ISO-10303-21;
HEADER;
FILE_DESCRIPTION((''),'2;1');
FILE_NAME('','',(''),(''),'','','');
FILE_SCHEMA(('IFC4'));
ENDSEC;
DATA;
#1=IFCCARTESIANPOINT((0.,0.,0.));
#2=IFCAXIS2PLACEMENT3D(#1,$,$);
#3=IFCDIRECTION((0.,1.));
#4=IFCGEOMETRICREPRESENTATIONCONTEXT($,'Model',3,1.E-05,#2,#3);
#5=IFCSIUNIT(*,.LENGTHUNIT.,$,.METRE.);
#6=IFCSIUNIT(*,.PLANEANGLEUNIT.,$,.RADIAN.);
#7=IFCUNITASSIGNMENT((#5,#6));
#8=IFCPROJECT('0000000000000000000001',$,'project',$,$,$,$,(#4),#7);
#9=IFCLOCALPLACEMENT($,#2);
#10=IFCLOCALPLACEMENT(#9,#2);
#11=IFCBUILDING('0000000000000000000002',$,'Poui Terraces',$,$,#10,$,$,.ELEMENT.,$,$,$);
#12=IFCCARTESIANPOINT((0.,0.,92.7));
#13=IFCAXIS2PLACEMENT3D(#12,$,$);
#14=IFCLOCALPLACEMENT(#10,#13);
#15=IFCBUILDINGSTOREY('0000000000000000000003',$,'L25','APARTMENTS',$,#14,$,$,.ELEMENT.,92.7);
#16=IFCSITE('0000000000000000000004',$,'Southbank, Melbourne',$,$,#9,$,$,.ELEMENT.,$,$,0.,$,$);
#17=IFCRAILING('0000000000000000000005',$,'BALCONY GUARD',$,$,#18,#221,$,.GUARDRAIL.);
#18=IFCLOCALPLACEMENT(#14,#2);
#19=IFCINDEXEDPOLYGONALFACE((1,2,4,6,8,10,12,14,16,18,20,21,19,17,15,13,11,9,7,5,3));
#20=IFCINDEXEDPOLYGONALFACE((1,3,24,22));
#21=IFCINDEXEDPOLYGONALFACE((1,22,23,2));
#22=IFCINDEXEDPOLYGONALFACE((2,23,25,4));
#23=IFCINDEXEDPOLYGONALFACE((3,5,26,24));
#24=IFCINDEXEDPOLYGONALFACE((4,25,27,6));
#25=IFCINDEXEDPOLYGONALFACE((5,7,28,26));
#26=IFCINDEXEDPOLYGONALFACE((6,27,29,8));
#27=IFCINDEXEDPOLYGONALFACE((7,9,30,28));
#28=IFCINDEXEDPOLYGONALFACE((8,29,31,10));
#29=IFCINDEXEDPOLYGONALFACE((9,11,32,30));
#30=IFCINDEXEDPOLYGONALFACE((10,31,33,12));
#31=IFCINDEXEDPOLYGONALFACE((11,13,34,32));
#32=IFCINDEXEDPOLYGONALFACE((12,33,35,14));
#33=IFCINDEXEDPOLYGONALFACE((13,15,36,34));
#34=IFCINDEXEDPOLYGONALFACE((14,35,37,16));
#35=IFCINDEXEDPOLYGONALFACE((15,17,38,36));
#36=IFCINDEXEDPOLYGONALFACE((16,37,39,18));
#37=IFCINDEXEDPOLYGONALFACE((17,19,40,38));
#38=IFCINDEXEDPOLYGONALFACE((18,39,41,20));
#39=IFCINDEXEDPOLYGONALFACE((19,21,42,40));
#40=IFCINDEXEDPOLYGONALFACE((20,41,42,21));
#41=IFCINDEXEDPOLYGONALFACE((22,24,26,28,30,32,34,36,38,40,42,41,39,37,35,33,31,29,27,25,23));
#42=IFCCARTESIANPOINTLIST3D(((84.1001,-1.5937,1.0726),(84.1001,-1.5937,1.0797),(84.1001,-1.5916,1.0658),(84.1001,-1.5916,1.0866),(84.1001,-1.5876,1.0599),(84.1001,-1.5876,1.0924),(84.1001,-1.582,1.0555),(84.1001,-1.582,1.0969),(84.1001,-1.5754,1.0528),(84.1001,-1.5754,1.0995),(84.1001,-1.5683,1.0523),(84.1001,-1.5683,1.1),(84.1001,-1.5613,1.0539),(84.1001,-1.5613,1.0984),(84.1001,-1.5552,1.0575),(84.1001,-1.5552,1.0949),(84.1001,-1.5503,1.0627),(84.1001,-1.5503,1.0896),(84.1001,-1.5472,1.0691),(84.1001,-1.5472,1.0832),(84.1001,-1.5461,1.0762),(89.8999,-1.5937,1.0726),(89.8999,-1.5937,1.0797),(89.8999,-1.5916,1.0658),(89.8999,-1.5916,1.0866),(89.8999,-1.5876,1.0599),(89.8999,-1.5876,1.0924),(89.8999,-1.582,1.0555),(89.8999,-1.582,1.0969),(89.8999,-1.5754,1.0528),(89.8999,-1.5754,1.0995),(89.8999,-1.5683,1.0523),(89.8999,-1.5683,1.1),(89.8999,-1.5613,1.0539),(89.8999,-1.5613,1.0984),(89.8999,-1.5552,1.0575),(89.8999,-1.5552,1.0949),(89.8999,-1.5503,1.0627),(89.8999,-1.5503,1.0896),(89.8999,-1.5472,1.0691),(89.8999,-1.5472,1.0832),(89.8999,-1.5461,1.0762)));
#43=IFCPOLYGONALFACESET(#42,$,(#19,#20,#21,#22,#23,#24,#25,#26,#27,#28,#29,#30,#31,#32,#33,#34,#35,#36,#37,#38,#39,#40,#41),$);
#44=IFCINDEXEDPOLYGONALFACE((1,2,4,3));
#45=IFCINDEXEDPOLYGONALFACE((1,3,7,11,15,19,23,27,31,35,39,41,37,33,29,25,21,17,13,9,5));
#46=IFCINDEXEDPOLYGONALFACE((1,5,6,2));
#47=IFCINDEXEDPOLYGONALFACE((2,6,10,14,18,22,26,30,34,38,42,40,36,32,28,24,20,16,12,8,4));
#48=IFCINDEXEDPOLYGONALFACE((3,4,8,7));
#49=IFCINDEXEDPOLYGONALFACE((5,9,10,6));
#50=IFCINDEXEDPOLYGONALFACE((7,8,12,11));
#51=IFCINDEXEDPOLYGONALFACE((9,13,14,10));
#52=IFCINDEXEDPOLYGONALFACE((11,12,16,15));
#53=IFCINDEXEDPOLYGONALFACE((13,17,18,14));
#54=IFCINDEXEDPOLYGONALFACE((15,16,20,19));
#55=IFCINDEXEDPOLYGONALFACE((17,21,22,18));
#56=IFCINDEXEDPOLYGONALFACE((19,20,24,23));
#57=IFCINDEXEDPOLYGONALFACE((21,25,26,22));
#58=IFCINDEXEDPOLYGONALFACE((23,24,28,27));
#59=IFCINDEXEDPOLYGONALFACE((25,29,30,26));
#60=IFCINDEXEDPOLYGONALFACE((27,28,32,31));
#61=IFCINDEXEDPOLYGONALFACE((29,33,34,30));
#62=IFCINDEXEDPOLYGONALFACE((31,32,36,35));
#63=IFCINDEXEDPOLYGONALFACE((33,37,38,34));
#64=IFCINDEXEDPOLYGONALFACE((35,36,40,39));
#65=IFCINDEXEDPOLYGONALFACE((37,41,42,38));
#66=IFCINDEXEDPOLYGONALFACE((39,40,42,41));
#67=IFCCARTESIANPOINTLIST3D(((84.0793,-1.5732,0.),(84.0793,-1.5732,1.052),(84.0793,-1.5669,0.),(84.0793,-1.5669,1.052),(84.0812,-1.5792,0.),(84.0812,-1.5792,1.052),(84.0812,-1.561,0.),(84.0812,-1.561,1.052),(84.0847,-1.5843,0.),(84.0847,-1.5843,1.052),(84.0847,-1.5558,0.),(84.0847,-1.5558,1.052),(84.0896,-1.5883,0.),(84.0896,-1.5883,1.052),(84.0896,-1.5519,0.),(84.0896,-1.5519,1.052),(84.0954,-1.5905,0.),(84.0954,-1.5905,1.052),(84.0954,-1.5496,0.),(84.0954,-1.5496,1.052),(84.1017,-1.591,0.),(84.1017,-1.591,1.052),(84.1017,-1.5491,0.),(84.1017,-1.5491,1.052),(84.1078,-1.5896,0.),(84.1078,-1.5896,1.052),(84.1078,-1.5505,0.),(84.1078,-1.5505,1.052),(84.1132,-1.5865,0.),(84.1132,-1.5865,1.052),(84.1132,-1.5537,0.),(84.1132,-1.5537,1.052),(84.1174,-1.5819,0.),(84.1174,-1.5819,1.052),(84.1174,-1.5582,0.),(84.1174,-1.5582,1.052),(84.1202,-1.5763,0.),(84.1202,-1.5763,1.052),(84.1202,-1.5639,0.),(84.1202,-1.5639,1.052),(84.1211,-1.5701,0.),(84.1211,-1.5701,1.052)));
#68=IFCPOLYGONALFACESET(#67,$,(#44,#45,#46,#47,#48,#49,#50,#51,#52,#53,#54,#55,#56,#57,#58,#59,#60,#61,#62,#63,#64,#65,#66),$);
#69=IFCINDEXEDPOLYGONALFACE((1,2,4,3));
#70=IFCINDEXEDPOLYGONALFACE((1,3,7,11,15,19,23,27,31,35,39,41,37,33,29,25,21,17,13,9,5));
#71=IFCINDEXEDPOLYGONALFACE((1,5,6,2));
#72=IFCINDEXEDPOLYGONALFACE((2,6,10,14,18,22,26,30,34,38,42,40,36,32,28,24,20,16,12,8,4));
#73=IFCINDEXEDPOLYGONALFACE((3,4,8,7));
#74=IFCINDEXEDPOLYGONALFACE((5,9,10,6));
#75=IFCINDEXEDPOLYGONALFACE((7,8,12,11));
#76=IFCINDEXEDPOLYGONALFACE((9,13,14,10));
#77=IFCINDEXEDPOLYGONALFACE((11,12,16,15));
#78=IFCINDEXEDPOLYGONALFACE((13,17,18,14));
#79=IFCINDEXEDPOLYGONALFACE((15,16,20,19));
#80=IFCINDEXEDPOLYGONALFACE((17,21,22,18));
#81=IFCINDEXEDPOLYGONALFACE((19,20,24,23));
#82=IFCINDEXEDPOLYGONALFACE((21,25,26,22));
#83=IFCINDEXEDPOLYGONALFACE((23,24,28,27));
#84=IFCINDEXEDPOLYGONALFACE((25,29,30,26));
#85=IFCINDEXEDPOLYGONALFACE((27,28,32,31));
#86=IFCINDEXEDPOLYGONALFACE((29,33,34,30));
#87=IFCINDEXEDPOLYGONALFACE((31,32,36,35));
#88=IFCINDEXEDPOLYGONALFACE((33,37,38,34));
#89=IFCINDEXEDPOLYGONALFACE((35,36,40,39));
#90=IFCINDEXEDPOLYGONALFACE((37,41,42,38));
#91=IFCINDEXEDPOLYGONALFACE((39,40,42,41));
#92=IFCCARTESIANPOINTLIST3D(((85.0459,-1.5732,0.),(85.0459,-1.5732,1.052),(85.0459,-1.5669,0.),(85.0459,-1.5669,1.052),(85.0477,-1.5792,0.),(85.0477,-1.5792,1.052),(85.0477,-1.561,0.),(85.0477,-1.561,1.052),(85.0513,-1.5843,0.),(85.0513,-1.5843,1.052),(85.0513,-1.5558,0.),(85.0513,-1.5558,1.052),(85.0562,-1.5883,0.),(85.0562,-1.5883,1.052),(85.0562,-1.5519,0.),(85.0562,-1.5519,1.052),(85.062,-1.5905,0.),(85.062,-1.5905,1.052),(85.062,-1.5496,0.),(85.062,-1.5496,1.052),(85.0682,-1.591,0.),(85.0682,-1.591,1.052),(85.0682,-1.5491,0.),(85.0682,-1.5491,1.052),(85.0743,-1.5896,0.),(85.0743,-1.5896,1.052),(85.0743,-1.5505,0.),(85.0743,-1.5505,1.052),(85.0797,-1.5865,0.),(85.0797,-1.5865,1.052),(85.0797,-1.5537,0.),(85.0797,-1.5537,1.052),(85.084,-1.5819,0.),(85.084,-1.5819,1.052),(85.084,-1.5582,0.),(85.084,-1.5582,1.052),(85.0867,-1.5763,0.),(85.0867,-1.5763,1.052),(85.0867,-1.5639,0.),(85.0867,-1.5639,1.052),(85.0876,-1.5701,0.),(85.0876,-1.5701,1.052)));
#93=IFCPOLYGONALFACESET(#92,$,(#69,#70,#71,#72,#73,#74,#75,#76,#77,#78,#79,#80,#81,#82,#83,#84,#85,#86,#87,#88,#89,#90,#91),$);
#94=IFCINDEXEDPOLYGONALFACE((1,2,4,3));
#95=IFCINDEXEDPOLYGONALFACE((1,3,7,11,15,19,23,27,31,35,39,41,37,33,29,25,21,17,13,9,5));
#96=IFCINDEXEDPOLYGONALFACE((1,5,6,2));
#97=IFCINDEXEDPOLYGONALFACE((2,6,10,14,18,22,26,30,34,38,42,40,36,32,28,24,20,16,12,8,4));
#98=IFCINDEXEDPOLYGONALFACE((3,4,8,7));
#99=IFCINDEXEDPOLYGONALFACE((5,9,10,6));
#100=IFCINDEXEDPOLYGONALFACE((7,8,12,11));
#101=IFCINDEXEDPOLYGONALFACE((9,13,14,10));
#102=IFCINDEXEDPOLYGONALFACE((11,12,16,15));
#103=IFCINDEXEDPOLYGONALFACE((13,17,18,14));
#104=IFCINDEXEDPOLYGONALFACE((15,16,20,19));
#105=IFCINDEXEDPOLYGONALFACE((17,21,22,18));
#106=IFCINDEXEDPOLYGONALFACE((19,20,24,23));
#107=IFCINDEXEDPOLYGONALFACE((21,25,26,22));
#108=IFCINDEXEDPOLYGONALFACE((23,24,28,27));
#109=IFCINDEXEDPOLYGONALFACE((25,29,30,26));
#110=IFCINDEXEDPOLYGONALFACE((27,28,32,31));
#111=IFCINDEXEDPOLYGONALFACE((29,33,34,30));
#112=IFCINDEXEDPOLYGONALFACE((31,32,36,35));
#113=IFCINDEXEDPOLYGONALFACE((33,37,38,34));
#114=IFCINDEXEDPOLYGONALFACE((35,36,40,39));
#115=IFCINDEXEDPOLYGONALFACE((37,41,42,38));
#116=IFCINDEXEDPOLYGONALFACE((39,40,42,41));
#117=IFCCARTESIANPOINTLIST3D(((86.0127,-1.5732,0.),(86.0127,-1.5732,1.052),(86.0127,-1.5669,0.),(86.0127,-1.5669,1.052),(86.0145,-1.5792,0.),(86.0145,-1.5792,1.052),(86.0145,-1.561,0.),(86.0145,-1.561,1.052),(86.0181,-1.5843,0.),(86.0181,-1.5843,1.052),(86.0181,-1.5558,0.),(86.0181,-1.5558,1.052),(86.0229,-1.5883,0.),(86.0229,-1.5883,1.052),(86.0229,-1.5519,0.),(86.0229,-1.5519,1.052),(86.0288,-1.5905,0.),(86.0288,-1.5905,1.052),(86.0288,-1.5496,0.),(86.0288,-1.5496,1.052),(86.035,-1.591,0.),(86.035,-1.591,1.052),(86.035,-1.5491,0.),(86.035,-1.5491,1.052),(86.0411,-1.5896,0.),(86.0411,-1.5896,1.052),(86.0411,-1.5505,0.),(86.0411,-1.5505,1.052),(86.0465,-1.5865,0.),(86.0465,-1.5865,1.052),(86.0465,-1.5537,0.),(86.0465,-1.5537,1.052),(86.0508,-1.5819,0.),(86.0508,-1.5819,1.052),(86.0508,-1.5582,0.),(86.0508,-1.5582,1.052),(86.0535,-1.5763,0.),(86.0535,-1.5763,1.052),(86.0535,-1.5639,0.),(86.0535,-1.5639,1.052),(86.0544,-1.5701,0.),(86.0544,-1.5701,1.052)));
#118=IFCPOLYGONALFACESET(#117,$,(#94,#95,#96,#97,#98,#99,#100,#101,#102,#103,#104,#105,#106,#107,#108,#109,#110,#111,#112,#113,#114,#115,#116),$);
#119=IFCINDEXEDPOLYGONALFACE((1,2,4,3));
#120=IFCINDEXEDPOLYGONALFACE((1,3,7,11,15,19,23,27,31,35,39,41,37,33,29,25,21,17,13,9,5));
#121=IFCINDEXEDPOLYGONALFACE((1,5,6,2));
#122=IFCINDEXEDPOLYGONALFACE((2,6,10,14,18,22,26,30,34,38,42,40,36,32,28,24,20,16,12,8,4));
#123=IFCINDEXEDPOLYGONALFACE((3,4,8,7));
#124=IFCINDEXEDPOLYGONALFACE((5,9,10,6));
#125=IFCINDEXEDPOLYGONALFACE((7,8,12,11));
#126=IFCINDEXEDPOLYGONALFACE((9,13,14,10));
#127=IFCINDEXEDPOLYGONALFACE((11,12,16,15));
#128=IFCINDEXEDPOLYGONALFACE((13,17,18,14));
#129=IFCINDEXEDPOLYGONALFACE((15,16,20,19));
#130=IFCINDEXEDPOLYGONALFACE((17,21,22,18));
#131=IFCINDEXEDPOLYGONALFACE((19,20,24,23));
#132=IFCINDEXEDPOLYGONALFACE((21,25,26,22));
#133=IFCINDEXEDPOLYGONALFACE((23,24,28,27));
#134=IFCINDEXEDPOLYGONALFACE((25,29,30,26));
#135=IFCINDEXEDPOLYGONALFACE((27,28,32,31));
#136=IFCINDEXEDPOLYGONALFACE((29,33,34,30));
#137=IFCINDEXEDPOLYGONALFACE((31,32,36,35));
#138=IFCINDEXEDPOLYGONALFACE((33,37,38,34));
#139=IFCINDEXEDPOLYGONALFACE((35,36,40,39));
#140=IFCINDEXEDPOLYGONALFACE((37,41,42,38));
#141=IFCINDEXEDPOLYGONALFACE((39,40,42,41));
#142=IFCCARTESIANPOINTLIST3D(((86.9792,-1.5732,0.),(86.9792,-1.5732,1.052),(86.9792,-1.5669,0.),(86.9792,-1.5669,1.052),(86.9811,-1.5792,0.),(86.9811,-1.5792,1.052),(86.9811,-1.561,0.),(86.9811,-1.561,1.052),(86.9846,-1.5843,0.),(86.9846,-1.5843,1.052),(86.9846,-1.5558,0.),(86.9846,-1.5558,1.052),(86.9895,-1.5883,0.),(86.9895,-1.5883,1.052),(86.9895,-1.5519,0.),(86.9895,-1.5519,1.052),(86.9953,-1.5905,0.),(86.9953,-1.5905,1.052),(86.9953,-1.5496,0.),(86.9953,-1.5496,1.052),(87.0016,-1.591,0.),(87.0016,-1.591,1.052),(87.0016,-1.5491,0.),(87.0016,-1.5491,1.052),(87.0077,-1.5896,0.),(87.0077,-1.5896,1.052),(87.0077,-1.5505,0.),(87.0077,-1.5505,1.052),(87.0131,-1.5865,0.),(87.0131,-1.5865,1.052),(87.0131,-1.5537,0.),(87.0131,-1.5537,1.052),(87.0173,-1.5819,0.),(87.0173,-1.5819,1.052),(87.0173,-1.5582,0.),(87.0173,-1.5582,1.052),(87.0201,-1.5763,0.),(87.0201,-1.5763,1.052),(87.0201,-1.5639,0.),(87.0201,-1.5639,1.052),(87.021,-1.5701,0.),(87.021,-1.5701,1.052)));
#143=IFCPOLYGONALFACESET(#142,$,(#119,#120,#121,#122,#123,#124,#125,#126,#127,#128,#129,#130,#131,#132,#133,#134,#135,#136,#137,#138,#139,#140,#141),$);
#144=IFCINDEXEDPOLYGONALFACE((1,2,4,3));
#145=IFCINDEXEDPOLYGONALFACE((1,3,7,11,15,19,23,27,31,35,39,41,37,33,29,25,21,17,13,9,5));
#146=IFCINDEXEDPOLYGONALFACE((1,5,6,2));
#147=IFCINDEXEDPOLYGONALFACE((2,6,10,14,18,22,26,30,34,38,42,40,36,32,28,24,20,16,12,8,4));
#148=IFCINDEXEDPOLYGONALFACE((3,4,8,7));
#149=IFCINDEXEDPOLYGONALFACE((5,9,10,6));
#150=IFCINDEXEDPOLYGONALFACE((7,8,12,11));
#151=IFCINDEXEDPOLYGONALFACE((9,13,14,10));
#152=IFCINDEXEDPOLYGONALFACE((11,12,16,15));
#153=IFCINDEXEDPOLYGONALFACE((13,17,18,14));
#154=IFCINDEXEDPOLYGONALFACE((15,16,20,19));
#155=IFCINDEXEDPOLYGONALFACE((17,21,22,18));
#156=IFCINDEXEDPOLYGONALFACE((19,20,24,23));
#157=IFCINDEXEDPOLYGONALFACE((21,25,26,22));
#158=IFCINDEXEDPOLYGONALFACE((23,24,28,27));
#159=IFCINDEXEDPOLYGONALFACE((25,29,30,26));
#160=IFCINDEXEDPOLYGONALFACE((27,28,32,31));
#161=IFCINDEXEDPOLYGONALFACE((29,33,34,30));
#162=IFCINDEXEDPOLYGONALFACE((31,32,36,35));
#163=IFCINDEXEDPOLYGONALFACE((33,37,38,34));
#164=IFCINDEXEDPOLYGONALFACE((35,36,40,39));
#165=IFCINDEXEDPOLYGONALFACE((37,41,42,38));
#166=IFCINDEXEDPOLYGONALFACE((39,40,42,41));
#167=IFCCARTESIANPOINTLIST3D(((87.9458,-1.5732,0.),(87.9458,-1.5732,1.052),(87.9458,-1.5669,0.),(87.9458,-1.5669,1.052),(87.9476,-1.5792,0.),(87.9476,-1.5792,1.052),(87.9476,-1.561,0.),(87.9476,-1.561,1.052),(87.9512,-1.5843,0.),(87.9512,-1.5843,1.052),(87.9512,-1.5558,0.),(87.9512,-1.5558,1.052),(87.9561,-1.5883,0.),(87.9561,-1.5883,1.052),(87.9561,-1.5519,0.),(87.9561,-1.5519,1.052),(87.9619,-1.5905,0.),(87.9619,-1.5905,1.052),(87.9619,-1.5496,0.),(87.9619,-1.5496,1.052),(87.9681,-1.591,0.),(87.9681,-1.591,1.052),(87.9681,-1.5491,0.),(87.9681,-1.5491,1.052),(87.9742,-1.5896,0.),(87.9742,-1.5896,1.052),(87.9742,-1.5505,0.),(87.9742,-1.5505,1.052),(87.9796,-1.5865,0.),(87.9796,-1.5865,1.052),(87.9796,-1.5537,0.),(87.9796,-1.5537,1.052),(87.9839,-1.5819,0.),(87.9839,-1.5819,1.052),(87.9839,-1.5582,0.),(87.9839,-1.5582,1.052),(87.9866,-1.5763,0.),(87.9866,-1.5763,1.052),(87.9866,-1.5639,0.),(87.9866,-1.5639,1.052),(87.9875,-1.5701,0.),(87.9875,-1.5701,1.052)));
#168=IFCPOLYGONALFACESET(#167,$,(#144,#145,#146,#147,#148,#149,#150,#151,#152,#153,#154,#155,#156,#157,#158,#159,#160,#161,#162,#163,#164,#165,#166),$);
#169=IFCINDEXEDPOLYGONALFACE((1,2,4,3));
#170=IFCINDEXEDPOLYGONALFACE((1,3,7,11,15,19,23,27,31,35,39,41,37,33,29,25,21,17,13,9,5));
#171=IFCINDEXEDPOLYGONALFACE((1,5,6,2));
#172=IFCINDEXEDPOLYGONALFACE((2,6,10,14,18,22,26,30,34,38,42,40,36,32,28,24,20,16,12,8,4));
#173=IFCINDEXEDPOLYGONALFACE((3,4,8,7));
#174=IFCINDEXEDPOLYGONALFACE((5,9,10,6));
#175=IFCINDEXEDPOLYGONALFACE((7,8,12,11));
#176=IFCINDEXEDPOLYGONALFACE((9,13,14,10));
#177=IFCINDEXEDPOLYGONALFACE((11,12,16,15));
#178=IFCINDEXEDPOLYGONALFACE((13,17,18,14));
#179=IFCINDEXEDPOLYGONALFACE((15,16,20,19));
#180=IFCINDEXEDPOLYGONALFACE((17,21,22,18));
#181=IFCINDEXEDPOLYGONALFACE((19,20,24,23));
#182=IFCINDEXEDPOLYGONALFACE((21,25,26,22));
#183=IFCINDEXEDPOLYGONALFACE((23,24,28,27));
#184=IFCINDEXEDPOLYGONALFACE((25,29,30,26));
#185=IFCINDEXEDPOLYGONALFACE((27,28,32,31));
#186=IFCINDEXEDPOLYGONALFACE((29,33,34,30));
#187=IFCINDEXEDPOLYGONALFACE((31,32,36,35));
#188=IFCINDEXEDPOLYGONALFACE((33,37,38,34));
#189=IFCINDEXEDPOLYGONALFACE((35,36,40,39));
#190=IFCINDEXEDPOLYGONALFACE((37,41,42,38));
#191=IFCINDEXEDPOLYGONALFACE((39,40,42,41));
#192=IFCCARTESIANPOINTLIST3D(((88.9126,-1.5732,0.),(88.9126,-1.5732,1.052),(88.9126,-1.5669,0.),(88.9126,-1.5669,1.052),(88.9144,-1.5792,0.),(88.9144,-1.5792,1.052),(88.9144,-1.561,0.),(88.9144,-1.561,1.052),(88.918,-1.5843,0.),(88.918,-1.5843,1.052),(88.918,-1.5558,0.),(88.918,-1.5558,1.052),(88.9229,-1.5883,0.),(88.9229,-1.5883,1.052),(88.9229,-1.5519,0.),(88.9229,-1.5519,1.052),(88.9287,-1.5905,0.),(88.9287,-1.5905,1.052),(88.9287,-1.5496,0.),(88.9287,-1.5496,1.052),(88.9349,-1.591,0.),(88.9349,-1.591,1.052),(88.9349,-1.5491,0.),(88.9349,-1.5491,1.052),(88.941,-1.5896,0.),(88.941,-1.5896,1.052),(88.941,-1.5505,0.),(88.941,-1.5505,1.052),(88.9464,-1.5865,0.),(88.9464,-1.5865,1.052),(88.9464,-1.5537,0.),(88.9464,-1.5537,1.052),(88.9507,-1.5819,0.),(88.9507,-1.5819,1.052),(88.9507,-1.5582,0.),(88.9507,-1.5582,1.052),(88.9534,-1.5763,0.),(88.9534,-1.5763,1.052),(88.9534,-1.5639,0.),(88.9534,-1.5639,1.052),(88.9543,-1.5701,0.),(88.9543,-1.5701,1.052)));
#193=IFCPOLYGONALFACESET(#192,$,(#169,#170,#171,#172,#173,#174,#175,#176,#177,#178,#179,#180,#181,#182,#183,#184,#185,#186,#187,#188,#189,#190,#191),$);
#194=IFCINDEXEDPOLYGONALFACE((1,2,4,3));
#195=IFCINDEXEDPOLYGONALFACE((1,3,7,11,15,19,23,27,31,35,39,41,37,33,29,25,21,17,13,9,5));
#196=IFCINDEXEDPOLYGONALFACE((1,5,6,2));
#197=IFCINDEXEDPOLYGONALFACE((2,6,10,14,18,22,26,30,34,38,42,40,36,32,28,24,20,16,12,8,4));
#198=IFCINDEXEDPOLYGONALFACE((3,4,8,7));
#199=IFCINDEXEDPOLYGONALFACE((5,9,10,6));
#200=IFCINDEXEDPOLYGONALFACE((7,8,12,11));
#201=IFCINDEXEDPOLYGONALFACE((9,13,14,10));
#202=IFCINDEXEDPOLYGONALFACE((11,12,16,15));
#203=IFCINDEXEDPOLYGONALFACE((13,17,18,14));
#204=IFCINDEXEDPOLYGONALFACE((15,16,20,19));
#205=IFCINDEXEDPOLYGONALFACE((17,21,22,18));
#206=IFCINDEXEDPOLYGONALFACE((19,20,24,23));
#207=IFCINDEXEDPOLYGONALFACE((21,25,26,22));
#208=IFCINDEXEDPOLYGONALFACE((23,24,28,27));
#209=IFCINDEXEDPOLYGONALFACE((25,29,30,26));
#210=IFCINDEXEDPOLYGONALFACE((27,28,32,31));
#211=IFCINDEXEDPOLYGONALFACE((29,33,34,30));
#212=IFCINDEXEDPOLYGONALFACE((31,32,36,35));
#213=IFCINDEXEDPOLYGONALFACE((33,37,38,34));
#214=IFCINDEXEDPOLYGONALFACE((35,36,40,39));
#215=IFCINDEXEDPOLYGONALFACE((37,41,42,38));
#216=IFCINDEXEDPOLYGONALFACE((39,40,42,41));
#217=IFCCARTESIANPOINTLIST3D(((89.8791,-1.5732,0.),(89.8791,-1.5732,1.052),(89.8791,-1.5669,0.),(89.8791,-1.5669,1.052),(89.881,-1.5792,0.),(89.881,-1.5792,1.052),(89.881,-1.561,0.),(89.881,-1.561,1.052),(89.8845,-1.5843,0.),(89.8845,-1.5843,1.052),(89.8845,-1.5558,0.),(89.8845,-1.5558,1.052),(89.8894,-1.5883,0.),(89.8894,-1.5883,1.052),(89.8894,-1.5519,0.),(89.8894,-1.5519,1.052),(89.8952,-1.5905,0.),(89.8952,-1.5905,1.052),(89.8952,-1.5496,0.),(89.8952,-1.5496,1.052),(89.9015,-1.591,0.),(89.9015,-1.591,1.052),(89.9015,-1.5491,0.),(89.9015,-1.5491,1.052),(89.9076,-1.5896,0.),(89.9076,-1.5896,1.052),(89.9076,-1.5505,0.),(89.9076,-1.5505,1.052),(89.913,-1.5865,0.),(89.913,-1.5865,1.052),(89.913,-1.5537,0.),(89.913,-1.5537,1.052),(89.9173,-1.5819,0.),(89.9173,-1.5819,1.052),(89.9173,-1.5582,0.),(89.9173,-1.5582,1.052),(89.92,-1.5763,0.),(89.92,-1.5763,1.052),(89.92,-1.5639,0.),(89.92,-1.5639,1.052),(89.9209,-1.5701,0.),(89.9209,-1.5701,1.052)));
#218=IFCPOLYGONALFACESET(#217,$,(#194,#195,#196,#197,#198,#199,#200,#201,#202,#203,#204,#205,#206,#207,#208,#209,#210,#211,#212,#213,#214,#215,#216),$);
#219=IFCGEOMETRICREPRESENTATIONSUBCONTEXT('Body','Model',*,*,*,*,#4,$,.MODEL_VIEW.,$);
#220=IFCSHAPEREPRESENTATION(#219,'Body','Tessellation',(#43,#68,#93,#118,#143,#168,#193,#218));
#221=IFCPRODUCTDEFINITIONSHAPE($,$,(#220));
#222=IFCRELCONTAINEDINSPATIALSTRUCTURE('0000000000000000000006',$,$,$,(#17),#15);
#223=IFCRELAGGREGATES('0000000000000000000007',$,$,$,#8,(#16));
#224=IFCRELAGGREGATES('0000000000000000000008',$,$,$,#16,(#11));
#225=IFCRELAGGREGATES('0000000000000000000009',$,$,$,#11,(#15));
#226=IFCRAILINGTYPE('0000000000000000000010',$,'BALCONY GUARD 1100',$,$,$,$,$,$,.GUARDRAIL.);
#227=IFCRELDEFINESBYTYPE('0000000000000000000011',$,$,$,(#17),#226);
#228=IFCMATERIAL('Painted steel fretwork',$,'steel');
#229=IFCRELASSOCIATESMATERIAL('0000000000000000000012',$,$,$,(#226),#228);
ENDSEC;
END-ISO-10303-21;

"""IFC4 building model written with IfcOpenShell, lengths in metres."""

from ifc_helpers import new_model, si_unit, direction, frame, origin, origin_2d, place, context, subcontext, project, spatial, circle, extrude, material, type_object, element, save


model = new_model("IFC4")

# Units and contexts
model_context = context("Model", 3, precision=1e-05, world=origin(), true_north=direction((0.0, 1.0)))
body_context = subcontext(model_context, "Body", "Model", "MODEL_VIEW")
ifc_project = project(units=[si_unit("LENGTHUNIT", "METRE"), si_unit("PLANEANGLEUNIT", "RADIAN")], contexts=[model_context])

# Site, building, storey
site_placement = place(None, origin())
site = spatial("IfcSite", under=ifc_project, at=site_placement, Name="Southbank, Melbourne", CompositionType="ELEMENT", RefElevation=0.0)
building_placement = place(site_placement, origin())
building = spatial("IfcBuilding", under=site, at=building_placement, Name="Poui Terraces", CompositionType="ELEMENT")
storey_placement = place(building_placement, frame((0.0, 0.0, 92.7)))
storey = spatial("IfcBuildingStorey", under=building, at=storey_placement, Name="L25", Description="APARTMENTS", CompositionType="ELEMENT", Elevation=92.7)

# Railing
ifc_material_1 = material(Name="Painted steel fretwork", Category="steel")
railing_type = type_object("IfcRailingType", Name="BALCONY GUARD 1100", PredefinedType="GUARDRAIL", material=ifc_material_1)
railing_placement = place(storey_placement, frame((84.1001, -1.5701, 0.0)))
element("IfcRailing", 1, at=railing_placement, inside=storey, type_object=railing_type, Name="BALCONY GUARD", PredefinedType="GUARDRAIL", context=body_context, shape_type="SweptSolid", body=[
    extrude(circle(Radius=0.0239, at=origin_2d()), frame((0.0, 0.0, 1.0762), z_axis=(1.0, 0.0, 0.0), x_axis=(0.0, 1.0, 0.0)), (0.0, 0.0, 1.0), 5.7998),
    extrude(circle(Radius=0.021, at=origin_2d()), origin(), (0.0, 0.0, 1.0), 1.052),
    extrude(circle(Radius=0.021, at=origin_2d()), frame((0.9666, 0.0, 0.0)), (0.0, 0.0, 1.0), 1.052),
    extrude(circle(Radius=0.021, at=origin_2d()), frame((1.9333, 0.0, 0.0)), (0.0, 0.0, 1.0), 1.052),
    extrude(circle(Radius=0.021, at=origin_2d()), frame((2.8999, 0.0, 0.0)), (0.0, 0.0, 1.0), 1.052),
    extrude(circle(Radius=0.021, at=origin_2d()), frame((3.8665, 0.0, 0.0)), (0.0, 0.0, 1.0), 1.052),
    extrude(circle(Radius=0.021, at=origin_2d()), frame((4.8333, 0.0, 0.0)), (0.0, 0.0, 1.0), 1.052),
    extrude(circle(Radius=0.021, at=origin_2d()), frame((5.7998, 0.0, 0.0)), (0.0, 0.0, 1.0), 1.052),
])

save(model, "model.ifc")
